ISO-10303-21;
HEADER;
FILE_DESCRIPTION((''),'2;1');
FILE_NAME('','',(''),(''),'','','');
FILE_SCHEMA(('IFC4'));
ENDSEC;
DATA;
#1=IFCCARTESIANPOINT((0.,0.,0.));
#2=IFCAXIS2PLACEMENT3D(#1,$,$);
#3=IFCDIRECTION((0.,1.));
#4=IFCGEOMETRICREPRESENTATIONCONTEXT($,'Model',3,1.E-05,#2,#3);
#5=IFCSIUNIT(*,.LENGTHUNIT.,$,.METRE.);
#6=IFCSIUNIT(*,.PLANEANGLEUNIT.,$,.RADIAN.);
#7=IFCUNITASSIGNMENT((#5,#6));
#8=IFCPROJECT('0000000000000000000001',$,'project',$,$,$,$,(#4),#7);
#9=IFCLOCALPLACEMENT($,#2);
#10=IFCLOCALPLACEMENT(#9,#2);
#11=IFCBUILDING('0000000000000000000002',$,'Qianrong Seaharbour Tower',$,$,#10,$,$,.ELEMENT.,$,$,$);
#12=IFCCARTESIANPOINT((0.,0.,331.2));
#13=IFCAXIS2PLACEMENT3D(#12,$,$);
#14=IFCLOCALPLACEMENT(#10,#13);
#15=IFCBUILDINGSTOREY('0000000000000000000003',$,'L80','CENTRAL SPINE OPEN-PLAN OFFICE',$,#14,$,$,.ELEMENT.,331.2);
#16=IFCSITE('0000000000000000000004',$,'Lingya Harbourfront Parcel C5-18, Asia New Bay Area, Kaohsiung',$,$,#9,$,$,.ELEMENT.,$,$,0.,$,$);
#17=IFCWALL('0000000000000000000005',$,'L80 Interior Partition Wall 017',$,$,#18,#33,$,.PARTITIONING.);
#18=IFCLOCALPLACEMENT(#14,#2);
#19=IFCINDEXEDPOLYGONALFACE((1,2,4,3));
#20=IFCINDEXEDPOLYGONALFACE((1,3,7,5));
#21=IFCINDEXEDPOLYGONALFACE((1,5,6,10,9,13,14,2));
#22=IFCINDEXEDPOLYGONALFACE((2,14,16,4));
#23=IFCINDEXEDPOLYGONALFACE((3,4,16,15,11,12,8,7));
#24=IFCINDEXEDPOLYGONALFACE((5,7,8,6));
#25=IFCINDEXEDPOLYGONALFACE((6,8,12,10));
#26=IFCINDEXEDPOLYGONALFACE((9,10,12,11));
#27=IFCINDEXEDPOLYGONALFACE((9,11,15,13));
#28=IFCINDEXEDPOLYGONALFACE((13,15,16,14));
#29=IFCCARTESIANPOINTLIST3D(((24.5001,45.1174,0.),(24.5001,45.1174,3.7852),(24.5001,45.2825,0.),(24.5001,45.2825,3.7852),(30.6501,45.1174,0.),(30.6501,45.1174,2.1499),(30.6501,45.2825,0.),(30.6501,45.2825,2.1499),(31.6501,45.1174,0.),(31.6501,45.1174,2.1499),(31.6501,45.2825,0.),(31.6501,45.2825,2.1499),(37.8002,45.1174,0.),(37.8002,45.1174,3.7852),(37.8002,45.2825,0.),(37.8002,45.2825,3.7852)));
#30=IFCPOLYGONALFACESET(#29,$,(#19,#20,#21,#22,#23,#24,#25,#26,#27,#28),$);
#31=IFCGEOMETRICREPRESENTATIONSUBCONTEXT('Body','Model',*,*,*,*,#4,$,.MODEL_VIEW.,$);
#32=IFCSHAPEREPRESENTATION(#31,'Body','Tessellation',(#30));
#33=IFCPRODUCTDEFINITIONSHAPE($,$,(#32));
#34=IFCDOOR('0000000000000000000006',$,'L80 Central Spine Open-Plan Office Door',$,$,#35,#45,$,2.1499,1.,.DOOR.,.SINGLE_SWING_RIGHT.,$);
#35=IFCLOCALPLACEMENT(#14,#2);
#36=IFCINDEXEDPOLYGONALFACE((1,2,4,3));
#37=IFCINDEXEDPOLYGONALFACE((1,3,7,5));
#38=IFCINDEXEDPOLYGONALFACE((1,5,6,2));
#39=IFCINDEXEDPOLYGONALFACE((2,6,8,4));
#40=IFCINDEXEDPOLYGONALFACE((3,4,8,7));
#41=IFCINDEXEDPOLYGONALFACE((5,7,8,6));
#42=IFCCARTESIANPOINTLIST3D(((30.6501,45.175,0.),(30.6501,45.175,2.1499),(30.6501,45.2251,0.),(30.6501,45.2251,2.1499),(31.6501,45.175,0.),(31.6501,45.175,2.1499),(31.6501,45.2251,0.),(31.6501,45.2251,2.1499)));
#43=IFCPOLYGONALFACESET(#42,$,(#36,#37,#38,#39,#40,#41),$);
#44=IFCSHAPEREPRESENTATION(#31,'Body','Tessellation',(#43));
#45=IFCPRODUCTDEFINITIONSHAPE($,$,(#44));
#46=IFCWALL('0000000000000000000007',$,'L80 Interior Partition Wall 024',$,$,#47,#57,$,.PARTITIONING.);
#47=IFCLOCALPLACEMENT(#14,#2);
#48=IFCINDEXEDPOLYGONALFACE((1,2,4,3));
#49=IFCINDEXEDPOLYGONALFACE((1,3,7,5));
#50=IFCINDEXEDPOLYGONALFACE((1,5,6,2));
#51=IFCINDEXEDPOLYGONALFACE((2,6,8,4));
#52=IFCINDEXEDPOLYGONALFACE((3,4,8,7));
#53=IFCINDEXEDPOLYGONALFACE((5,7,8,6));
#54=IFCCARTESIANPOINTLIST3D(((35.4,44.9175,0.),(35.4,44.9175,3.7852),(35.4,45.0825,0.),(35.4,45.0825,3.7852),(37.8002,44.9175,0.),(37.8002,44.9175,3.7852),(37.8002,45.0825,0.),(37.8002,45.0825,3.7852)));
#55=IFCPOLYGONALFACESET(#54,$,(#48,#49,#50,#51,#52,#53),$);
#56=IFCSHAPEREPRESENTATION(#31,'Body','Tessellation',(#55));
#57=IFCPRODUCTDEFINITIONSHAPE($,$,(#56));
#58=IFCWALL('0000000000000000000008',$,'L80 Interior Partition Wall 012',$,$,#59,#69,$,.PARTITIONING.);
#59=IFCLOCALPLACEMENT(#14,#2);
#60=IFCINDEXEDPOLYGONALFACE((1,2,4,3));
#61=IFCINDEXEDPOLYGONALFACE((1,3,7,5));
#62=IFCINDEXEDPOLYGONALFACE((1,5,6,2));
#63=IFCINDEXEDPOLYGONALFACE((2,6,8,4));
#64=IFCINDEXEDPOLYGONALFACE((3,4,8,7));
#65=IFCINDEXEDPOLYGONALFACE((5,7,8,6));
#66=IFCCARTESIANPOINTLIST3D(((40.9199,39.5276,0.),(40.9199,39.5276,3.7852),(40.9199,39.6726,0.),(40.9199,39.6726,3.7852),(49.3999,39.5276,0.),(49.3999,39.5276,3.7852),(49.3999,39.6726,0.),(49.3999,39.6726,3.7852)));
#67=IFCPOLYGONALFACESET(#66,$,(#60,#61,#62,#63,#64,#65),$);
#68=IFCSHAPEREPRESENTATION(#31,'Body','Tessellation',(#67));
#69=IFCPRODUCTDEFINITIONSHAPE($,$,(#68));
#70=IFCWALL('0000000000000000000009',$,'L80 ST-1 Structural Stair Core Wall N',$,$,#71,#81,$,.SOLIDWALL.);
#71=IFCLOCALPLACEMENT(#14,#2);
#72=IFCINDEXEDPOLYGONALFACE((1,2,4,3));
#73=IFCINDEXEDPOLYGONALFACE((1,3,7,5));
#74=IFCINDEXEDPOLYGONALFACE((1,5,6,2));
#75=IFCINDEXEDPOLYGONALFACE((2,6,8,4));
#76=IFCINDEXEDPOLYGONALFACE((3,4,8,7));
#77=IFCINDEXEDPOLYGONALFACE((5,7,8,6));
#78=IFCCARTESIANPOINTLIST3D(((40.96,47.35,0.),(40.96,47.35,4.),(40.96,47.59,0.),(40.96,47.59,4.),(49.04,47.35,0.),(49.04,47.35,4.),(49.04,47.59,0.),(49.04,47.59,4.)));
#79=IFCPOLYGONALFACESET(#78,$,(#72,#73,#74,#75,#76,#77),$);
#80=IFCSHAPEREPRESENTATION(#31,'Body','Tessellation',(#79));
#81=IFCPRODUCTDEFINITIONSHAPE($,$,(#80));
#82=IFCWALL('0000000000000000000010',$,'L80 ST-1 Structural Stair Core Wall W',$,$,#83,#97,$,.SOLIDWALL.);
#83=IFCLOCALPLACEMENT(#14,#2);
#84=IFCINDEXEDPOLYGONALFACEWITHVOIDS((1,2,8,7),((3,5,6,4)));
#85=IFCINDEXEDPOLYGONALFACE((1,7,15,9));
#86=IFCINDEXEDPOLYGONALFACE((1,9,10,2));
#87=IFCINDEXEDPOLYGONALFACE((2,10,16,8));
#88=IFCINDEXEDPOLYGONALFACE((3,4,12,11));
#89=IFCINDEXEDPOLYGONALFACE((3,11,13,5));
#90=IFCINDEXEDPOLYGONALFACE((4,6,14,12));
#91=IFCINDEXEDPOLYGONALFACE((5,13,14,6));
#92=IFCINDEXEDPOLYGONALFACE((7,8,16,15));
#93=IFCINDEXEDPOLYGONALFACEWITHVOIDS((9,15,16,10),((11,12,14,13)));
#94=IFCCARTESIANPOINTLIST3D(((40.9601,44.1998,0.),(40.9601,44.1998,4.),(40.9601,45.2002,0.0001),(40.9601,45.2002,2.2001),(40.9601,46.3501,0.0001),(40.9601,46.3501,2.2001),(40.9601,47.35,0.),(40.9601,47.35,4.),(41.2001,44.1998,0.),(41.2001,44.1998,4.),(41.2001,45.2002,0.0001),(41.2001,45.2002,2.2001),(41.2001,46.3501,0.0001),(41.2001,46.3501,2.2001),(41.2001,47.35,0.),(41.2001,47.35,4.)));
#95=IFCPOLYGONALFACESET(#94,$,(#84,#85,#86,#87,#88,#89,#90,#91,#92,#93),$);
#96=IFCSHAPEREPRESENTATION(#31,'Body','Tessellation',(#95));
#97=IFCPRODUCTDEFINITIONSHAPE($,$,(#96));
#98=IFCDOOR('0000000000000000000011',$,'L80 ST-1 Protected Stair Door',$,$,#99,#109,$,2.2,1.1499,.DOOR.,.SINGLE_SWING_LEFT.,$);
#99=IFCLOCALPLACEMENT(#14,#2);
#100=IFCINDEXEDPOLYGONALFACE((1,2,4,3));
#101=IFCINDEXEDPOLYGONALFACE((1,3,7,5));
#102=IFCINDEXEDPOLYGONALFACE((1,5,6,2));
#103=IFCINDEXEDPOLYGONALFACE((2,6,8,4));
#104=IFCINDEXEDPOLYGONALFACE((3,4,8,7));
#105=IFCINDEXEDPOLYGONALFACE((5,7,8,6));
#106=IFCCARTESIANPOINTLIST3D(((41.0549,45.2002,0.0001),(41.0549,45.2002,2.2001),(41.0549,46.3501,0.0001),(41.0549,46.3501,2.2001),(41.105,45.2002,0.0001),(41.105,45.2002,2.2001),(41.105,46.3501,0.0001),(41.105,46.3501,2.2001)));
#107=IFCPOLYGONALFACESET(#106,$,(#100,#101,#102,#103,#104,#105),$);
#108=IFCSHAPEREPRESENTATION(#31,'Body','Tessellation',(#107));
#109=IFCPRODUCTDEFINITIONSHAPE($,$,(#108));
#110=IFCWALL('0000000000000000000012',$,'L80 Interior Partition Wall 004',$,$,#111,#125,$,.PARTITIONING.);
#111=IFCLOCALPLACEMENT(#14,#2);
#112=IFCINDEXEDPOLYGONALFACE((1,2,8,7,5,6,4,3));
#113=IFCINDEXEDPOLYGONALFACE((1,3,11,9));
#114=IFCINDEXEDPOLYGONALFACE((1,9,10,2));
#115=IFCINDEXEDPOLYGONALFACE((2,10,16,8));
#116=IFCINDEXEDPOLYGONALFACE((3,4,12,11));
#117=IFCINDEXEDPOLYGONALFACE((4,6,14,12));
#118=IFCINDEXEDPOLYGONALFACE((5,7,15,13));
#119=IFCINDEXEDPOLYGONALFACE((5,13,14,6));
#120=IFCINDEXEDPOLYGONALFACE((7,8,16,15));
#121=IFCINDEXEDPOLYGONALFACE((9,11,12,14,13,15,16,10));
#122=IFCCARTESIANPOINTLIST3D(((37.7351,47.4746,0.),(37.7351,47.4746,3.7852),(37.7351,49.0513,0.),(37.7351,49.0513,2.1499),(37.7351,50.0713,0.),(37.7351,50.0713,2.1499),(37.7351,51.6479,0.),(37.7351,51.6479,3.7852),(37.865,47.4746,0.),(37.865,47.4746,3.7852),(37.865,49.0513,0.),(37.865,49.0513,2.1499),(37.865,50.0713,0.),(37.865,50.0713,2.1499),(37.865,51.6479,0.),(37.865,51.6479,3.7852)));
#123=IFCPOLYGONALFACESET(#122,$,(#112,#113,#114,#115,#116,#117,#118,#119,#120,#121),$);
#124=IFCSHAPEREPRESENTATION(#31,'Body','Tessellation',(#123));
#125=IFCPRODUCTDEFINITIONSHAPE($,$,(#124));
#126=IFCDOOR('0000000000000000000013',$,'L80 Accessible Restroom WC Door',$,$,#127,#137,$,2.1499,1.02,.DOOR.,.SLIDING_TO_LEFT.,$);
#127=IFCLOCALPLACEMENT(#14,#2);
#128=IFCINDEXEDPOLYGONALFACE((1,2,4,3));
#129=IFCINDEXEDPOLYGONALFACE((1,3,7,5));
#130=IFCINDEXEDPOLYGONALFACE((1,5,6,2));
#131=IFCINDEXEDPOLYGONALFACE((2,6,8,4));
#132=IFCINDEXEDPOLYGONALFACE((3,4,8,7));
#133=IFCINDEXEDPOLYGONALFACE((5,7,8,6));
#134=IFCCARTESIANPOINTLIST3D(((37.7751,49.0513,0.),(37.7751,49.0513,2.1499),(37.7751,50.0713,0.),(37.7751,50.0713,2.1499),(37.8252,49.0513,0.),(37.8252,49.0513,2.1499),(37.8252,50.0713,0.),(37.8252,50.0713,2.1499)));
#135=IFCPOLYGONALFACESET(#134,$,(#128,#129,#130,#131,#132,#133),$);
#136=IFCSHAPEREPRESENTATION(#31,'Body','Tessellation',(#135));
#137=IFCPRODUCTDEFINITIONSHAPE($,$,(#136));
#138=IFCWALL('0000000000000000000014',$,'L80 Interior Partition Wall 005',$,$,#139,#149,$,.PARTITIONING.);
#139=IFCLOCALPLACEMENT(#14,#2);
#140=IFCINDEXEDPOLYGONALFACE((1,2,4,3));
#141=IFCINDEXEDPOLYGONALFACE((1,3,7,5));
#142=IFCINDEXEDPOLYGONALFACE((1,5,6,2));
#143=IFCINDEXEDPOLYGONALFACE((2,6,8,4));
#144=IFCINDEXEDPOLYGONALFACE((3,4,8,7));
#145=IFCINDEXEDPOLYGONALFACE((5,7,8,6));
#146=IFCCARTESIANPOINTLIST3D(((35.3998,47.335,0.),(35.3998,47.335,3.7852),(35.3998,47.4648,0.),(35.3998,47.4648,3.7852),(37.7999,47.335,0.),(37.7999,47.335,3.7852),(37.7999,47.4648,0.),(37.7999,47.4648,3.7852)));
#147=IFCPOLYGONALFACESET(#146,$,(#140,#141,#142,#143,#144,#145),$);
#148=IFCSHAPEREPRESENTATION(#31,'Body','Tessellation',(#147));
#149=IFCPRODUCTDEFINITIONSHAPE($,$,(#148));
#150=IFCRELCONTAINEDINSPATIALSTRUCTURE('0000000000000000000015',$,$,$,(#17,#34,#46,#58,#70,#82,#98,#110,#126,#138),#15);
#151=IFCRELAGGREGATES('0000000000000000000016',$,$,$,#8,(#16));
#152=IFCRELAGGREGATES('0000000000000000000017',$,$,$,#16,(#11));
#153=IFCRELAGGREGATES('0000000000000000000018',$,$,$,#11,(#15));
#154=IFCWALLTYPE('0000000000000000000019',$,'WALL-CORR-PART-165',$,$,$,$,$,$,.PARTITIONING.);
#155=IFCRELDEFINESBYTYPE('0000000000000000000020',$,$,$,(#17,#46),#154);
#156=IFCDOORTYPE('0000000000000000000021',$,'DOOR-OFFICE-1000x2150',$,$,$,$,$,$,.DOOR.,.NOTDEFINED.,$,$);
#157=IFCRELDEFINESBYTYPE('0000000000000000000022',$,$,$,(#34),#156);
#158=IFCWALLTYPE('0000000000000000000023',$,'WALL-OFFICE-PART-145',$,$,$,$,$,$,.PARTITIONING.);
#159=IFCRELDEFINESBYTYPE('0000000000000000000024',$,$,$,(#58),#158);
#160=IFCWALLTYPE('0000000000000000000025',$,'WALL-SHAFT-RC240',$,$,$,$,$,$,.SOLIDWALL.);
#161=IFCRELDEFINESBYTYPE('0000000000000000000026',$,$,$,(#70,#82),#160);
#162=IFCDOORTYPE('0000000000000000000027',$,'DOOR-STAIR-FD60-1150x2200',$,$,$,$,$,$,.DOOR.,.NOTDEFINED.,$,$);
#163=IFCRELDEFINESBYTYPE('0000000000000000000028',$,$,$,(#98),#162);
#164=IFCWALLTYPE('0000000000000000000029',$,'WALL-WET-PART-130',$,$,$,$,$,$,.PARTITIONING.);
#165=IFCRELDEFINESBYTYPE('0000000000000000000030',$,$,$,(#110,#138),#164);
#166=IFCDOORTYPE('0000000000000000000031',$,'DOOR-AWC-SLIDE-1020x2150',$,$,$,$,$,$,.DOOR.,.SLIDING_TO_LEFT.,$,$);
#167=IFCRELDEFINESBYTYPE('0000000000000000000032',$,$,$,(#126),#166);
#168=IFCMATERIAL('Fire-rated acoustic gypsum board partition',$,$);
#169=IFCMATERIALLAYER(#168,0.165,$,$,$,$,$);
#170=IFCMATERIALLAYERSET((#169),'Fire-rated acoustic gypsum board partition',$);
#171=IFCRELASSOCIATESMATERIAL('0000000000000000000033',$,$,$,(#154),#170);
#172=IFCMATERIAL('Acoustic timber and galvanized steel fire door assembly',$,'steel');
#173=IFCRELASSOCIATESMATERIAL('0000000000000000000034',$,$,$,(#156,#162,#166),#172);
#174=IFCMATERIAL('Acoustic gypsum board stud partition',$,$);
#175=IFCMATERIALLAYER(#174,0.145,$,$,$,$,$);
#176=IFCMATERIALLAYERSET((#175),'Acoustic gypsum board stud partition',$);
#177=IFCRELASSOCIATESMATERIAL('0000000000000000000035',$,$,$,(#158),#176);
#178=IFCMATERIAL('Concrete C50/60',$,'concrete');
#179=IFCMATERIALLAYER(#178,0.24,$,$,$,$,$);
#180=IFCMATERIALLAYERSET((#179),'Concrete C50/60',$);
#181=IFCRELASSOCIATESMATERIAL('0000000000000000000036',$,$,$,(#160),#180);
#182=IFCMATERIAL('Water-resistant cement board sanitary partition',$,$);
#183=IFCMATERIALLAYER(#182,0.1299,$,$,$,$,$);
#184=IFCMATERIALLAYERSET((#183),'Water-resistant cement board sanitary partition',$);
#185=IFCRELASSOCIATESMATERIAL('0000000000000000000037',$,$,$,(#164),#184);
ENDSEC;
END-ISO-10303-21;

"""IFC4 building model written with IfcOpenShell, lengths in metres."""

from ifc_helpers import new_model, si_unit, direction, frame, frame_2d, origin, place, context, subcontext, project, spatial, rectangle, extrude, material, layer, layer_set, type_object, element, fill, save


model = new_model("IFC4")

# Units and contexts
model_context = context("Model", 3, precision=1e-05, world=origin(), true_north=direction((0.0, 1.0)))
body_context = subcontext(model_context, "Body", "Model", "MODEL_VIEW")
ifc_project = project(units=[si_unit("LENGTHUNIT", "METRE"), si_unit("PLANEANGLEUNIT", "RADIAN")], contexts=[model_context])

# Site, building, storey
site_placement = place(None, origin())
site = spatial("IfcSite", under=ifc_project, at=site_placement, Name="Lingya Harbourfront Parcel C5-18, Asia New Bay Area, Kaohsiung", CompositionType="ELEMENT", RefElevation=0.0)
building_placement = place(site_placement, origin())
building = spatial("IfcBuilding", under=site, at=building_placement, Name="Qianrong Seaharbour Tower", CompositionType="ELEMENT")
storey_placement = place(building_placement, frame((0.0, 0.0, 331.2)))
storey = spatial("IfcBuildingStorey", under=building, at=storey_placement, Name="L80", Description="CENTRAL SPINE OPEN-PLAN OFFICE", CompositionType="ELEMENT", Elevation=331.2)

# Shared definitions
ifc_material_1 = material(Name="Concrete C50/60", Category="concrete")

# Shared definitions
ifc_material_2 = material(Name="Fire-rated acoustic gypsum board partition")
ifc_layer_1 = layer(ifc_material_2, 0.165)
ifc_layer_set_1 = layer_set([ifc_layer_1], Name="Fire-rated acoustic gypsum board partition")
wall_type_1 = type_object("IfcWallType", Name="WALL-CORR-PART-165", PredefinedType="PARTITIONING", material=ifc_layer_set_1)
ifc_material_3 = material(Name="Acoustic timber and galvanized steel fire door assembly", Category="steel")

# Wall, opening, door
wall_1_placement = place(storey_placement, frame((37.8, 45.2, 0.0), z_axis=(0.0, 0.0, 1.0), x_axis=(-1.0, 0.0, 0.0)))
wall_1 = element("IfcWall", 1, at=wall_1_placement, inside=storey, type_object=wall_type_1, Name="L80 Interior Partition Wall 017", PredefinedType="PARTITIONING", context=body_context, shape_type="SweptSolid", body=[
    extrude(rectangle(XDim=13.3, YDim=0.165, at=frame_2d((6.6499, 0.0))), origin(), (0.0, 0.0, 1.0), 3.7852),
])
opening_1_placement = place(wall_1_placement, frame((6.1499, 0.0, 0.0)))
opening_1 = element("IfcOpeningElement", 2, at=opening_1_placement, cuts=wall_1, PredefinedType="OPENING", context=body_context, shape_type="SweptSolid", body=[
    extrude(rectangle(XDim=1.0, YDim=2.1499, at=frame_2d((0.5, 1.075))), frame((0.0, 0.0925, 0.0), z_axis=(0.0, -1.0, 0.0), x_axis=(1.0, 0.0, 0.0)), (0.0, 0.0, 1.0), 0.1851),
])
door_type_1 = type_object("IfcDoorType", Name="DOOR-OFFICE-1000x2150", OperationType="NOTDEFINED", PredefinedType="DOOR", material=ifc_material_3)
door_1_placement = place(opening_1_placement, origin())
door_1 = element("IfcDoor", 3, at=door_1_placement, inside=storey, type_object=door_type_1, Name="L80 Central Spine Open-Plan Office Door", OperationType="SINGLE_SWING_RIGHT", OverallHeight=2.1499, OverallWidth=1.0, PredefinedType="DOOR", context=body_context, shape_type="SweptSolid", body=[
    extrude(rectangle(XDim=1.0, YDim=2.1499, at=frame_2d((0.5, 1.075))), frame((0.0, 0.0249, 0.0), z_axis=(0.0, -1.0, 0.0), x_axis=(1.0, 0.0, 0.0)), (0.0, 0.0, 1.0), 0.05),
])
fill(opening_1, door_1)

# Walls
wall_2_placement = place(storey_placement, frame((35.3999, 45.0, 0.0), z_axis=(0.0, 0.0, 1.0), x_axis=(1.0, 0.0, 0.0)))
element("IfcWall", 4, at=wall_2_placement, inside=storey, type_object=wall_type_1, Name="L80 Interior Partition Wall 024", PredefinedType="PARTITIONING", context=body_context, shape_type="SweptSolid", body=[
    extrude(rectangle(XDim=2.4001, YDim=0.165, at=frame_2d((1.2002, 0.0))), origin(), (0.0, 0.0, 1.0), 3.7852),
])
ifc_material_4 = material(Name="Acoustic gypsum board stud partition")
ifc_layer_2 = layer(ifc_material_4, 0.145)
ifc_layer_set_2 = layer_set([ifc_layer_2], Name="Acoustic gypsum board stud partition")
wall_type_2 = type_object("IfcWallType", Name="WALL-OFFICE-PART-145", PredefinedType="PARTITIONING", material=ifc_layer_set_2)
wall_3_placement = place(storey_placement, frame((40.9199, 39.6001, 0.0), z_axis=(0.0, 0.0, 1.0), x_axis=(1.0, 0.0, 0.0)))
element("IfcWall", 5, at=wall_3_placement, inside=storey, type_object=wall_type_2, Name="L80 Interior Partition Wall 012", PredefinedType="PARTITIONING", context=body_context, shape_type="SweptSolid", body=[
    extrude(rectangle(XDim=8.48, YDim=0.145, at=frame_2d((4.24, 0.0))), origin(), (0.0, 0.0, 1.0), 3.7852),
])
ifc_layer_3 = layer(ifc_material_1, 0.24)
ifc_layer_set_3 = layer_set([ifc_layer_3], Name="Concrete C50/60")
wall_type_3 = type_object("IfcWallType", Name="WALL-SHAFT-RC240", PredefinedType="SOLIDWALL", material=ifc_layer_set_3)
wall_4_placement = place(storey_placement, frame((40.96, 47.47, 0.0), z_axis=(0.0, 0.0, 1.0), x_axis=(1.0, 0.0, 0.0)))
element("IfcWall", 6, at=wall_4_placement, inside=storey, type_object=wall_type_3, Name="L80 ST-1 Structural Stair Core Wall N", PredefinedType="SOLIDWALL", context=body_context, shape_type="SweptSolid", body=[
    extrude(rectangle(XDim=8.0801, YDim=0.24, at=frame_2d((4.04, 0.0))), origin(), (0.0, 0.0, 1.0), 4.0),
])

# Walls, openings, doors
wall_5_placement = place(storey_placement, frame((41.0801, 47.3501, 0.0), z_axis=(0.0, 0.0, 1.0), x_axis=(0.0, -1.0, 0.0)))
wall_5 = element("IfcWall", 7, at=wall_5_placement, inside=storey, type_object=wall_type_3, Name="L80 ST-1 Structural Stair Core Wall W", PredefinedType="SOLIDWALL", context=body_context, shape_type="SweptSolid", body=[
    extrude(rectangle(XDim=3.1501, YDim=0.24, at=frame_2d((1.5752, 0.0))), origin(), (0.0, 0.0, 1.0), 4.0),
])
opening_2_placement = place(wall_5_placement, frame((1.0, 0.0, 0.0)))
opening_2 = element("IfcOpeningElement", 8, at=opening_2_placement, cuts=wall_5, PredefinedType="OPENING", context=body_context, shape_type="SweptSolid", body=[
    extrude(rectangle(XDim=1.1499, YDim=2.2, at=frame_2d((0.575, 1.1001))), frame((0.0, 0.1299, 0.0), z_axis=(0.0, -1.0, 0.0), x_axis=(1.0, 0.0, 0.0)), (0.0, 0.0, 1.0), 0.26),
])
door_type_2 = type_object("IfcDoorType", Name="DOOR-STAIR-FD60-1150x2200", OperationType="NOTDEFINED", PredefinedType="DOOR", material=ifc_material_3)
door_2_placement = place(opening_2_placement, origin())
door_2 = element("IfcDoor", 9, at=door_2_placement, inside=storey, type_object=door_type_2, Name="L80 ST-1 Protected Stair Door", OperationType="SINGLE_SWING_LEFT", OverallHeight=2.2, OverallWidth=1.1499, PredefinedType="DOOR", context=body_context, shape_type="SweptSolid", body=[
    extrude(rectangle(XDim=1.1499, YDim=2.2, at=frame_2d((0.575, 1.1001))), frame((0.0, 0.0249, 0.0), z_axis=(0.0, -1.0, 0.0), x_axis=(1.0, 0.0, 0.0)), (0.0, 0.0, 1.0), 0.05),
])
fill(opening_2, door_2)
ifc_material_5 = material(Name="Water-resistant cement board sanitary partition")
ifc_layer_4 = layer(ifc_material_5, 0.1299)
ifc_layer_set_4 = layer_set([ifc_layer_4], Name="Water-resistant cement board sanitary partition")
wall_type_4 = type_object("IfcWallType", Name="WALL-WET-PART-130", PredefinedType="PARTITIONING", material=ifc_layer_set_4)
wall_6_placement = place(storey_placement, frame((37.8, 47.4746, 0.0), z_axis=(0.0, 0.0, 1.0), x_axis=(0.0, 1.0, 0.0)))
wall_6 = element("IfcWall", 10, at=wall_6_placement, inside=storey, type_object=wall_type_4, Name="L80 Interior Partition Wall 004", PredefinedType="PARTITIONING", context=body_context, shape_type="SweptSolid", body=[
    extrude(rectangle(XDim=4.1733, YDim=0.1299, at=frame_2d((2.0867, 0.0))), origin(), (0.0, 0.0, 1.0), 3.7852),
])
opening_3_placement = place(wall_6_placement, frame((1.5767, 0.0, 0.0)))
opening_3 = element("IfcOpeningElement", 11, at=opening_3_placement, cuts=wall_6, PredefinedType="OPENING", context=body_context, shape_type="SweptSolid", body=[
    extrude(rectangle(XDim=1.02, YDim=2.1499, at=frame_2d((0.51, 1.075))), frame((0.0, 0.075, 0.0), z_axis=(0.0, -1.0, 0.0), x_axis=(1.0, 0.0, 0.0)), (0.0, 0.0, 1.0), 0.1499),
])
door_type_3 = type_object("IfcDoorType", Name="DOOR-AWC-SLIDE-1020x2150", OperationType="SLIDING_TO_LEFT", PredefinedType="DOOR", material=ifc_material_3)
door_3_placement = place(opening_3_placement, origin())
door_3 = element("IfcDoor", 12, at=door_3_placement, inside=storey, type_object=door_type_3, Name="L80 Accessible Restroom WC Door", OperationType="SLIDING_TO_LEFT", OverallHeight=2.1499, OverallWidth=1.02, PredefinedType="DOOR", context=body_context, shape_type="SweptSolid", body=[
    extrude(rectangle(XDim=1.02, YDim=2.1499, at=frame_2d((0.51, 1.075))), frame((0.0, 0.0249, 0.0), z_axis=(0.0, -1.0, 0.0), x_axis=(1.0, 0.0, 0.0)), (0.0, 0.0, 1.0), 0.05),
])
fill(opening_3, door_3)

# Wall
wall_7_placement = place(storey_placement, frame((37.8, 47.3999, 0.0), z_axis=(0.0, 0.0, 1.0), x_axis=(-1.0, 0.0, 0.0)))
element("IfcWall", 13, at=wall_7_placement, inside=storey, type_object=wall_type_4, Name="L80 Interior Partition Wall 005", PredefinedType="PARTITIONING", context=body_context, shape_type="SweptSolid", body=[
    extrude(rectangle(XDim=2.4001, YDim=0.1299, at=frame_2d((1.2002, 0.0))), origin(), (0.0, 0.0, 1.0), 3.7852),
])

save(model, "model.ifc")
